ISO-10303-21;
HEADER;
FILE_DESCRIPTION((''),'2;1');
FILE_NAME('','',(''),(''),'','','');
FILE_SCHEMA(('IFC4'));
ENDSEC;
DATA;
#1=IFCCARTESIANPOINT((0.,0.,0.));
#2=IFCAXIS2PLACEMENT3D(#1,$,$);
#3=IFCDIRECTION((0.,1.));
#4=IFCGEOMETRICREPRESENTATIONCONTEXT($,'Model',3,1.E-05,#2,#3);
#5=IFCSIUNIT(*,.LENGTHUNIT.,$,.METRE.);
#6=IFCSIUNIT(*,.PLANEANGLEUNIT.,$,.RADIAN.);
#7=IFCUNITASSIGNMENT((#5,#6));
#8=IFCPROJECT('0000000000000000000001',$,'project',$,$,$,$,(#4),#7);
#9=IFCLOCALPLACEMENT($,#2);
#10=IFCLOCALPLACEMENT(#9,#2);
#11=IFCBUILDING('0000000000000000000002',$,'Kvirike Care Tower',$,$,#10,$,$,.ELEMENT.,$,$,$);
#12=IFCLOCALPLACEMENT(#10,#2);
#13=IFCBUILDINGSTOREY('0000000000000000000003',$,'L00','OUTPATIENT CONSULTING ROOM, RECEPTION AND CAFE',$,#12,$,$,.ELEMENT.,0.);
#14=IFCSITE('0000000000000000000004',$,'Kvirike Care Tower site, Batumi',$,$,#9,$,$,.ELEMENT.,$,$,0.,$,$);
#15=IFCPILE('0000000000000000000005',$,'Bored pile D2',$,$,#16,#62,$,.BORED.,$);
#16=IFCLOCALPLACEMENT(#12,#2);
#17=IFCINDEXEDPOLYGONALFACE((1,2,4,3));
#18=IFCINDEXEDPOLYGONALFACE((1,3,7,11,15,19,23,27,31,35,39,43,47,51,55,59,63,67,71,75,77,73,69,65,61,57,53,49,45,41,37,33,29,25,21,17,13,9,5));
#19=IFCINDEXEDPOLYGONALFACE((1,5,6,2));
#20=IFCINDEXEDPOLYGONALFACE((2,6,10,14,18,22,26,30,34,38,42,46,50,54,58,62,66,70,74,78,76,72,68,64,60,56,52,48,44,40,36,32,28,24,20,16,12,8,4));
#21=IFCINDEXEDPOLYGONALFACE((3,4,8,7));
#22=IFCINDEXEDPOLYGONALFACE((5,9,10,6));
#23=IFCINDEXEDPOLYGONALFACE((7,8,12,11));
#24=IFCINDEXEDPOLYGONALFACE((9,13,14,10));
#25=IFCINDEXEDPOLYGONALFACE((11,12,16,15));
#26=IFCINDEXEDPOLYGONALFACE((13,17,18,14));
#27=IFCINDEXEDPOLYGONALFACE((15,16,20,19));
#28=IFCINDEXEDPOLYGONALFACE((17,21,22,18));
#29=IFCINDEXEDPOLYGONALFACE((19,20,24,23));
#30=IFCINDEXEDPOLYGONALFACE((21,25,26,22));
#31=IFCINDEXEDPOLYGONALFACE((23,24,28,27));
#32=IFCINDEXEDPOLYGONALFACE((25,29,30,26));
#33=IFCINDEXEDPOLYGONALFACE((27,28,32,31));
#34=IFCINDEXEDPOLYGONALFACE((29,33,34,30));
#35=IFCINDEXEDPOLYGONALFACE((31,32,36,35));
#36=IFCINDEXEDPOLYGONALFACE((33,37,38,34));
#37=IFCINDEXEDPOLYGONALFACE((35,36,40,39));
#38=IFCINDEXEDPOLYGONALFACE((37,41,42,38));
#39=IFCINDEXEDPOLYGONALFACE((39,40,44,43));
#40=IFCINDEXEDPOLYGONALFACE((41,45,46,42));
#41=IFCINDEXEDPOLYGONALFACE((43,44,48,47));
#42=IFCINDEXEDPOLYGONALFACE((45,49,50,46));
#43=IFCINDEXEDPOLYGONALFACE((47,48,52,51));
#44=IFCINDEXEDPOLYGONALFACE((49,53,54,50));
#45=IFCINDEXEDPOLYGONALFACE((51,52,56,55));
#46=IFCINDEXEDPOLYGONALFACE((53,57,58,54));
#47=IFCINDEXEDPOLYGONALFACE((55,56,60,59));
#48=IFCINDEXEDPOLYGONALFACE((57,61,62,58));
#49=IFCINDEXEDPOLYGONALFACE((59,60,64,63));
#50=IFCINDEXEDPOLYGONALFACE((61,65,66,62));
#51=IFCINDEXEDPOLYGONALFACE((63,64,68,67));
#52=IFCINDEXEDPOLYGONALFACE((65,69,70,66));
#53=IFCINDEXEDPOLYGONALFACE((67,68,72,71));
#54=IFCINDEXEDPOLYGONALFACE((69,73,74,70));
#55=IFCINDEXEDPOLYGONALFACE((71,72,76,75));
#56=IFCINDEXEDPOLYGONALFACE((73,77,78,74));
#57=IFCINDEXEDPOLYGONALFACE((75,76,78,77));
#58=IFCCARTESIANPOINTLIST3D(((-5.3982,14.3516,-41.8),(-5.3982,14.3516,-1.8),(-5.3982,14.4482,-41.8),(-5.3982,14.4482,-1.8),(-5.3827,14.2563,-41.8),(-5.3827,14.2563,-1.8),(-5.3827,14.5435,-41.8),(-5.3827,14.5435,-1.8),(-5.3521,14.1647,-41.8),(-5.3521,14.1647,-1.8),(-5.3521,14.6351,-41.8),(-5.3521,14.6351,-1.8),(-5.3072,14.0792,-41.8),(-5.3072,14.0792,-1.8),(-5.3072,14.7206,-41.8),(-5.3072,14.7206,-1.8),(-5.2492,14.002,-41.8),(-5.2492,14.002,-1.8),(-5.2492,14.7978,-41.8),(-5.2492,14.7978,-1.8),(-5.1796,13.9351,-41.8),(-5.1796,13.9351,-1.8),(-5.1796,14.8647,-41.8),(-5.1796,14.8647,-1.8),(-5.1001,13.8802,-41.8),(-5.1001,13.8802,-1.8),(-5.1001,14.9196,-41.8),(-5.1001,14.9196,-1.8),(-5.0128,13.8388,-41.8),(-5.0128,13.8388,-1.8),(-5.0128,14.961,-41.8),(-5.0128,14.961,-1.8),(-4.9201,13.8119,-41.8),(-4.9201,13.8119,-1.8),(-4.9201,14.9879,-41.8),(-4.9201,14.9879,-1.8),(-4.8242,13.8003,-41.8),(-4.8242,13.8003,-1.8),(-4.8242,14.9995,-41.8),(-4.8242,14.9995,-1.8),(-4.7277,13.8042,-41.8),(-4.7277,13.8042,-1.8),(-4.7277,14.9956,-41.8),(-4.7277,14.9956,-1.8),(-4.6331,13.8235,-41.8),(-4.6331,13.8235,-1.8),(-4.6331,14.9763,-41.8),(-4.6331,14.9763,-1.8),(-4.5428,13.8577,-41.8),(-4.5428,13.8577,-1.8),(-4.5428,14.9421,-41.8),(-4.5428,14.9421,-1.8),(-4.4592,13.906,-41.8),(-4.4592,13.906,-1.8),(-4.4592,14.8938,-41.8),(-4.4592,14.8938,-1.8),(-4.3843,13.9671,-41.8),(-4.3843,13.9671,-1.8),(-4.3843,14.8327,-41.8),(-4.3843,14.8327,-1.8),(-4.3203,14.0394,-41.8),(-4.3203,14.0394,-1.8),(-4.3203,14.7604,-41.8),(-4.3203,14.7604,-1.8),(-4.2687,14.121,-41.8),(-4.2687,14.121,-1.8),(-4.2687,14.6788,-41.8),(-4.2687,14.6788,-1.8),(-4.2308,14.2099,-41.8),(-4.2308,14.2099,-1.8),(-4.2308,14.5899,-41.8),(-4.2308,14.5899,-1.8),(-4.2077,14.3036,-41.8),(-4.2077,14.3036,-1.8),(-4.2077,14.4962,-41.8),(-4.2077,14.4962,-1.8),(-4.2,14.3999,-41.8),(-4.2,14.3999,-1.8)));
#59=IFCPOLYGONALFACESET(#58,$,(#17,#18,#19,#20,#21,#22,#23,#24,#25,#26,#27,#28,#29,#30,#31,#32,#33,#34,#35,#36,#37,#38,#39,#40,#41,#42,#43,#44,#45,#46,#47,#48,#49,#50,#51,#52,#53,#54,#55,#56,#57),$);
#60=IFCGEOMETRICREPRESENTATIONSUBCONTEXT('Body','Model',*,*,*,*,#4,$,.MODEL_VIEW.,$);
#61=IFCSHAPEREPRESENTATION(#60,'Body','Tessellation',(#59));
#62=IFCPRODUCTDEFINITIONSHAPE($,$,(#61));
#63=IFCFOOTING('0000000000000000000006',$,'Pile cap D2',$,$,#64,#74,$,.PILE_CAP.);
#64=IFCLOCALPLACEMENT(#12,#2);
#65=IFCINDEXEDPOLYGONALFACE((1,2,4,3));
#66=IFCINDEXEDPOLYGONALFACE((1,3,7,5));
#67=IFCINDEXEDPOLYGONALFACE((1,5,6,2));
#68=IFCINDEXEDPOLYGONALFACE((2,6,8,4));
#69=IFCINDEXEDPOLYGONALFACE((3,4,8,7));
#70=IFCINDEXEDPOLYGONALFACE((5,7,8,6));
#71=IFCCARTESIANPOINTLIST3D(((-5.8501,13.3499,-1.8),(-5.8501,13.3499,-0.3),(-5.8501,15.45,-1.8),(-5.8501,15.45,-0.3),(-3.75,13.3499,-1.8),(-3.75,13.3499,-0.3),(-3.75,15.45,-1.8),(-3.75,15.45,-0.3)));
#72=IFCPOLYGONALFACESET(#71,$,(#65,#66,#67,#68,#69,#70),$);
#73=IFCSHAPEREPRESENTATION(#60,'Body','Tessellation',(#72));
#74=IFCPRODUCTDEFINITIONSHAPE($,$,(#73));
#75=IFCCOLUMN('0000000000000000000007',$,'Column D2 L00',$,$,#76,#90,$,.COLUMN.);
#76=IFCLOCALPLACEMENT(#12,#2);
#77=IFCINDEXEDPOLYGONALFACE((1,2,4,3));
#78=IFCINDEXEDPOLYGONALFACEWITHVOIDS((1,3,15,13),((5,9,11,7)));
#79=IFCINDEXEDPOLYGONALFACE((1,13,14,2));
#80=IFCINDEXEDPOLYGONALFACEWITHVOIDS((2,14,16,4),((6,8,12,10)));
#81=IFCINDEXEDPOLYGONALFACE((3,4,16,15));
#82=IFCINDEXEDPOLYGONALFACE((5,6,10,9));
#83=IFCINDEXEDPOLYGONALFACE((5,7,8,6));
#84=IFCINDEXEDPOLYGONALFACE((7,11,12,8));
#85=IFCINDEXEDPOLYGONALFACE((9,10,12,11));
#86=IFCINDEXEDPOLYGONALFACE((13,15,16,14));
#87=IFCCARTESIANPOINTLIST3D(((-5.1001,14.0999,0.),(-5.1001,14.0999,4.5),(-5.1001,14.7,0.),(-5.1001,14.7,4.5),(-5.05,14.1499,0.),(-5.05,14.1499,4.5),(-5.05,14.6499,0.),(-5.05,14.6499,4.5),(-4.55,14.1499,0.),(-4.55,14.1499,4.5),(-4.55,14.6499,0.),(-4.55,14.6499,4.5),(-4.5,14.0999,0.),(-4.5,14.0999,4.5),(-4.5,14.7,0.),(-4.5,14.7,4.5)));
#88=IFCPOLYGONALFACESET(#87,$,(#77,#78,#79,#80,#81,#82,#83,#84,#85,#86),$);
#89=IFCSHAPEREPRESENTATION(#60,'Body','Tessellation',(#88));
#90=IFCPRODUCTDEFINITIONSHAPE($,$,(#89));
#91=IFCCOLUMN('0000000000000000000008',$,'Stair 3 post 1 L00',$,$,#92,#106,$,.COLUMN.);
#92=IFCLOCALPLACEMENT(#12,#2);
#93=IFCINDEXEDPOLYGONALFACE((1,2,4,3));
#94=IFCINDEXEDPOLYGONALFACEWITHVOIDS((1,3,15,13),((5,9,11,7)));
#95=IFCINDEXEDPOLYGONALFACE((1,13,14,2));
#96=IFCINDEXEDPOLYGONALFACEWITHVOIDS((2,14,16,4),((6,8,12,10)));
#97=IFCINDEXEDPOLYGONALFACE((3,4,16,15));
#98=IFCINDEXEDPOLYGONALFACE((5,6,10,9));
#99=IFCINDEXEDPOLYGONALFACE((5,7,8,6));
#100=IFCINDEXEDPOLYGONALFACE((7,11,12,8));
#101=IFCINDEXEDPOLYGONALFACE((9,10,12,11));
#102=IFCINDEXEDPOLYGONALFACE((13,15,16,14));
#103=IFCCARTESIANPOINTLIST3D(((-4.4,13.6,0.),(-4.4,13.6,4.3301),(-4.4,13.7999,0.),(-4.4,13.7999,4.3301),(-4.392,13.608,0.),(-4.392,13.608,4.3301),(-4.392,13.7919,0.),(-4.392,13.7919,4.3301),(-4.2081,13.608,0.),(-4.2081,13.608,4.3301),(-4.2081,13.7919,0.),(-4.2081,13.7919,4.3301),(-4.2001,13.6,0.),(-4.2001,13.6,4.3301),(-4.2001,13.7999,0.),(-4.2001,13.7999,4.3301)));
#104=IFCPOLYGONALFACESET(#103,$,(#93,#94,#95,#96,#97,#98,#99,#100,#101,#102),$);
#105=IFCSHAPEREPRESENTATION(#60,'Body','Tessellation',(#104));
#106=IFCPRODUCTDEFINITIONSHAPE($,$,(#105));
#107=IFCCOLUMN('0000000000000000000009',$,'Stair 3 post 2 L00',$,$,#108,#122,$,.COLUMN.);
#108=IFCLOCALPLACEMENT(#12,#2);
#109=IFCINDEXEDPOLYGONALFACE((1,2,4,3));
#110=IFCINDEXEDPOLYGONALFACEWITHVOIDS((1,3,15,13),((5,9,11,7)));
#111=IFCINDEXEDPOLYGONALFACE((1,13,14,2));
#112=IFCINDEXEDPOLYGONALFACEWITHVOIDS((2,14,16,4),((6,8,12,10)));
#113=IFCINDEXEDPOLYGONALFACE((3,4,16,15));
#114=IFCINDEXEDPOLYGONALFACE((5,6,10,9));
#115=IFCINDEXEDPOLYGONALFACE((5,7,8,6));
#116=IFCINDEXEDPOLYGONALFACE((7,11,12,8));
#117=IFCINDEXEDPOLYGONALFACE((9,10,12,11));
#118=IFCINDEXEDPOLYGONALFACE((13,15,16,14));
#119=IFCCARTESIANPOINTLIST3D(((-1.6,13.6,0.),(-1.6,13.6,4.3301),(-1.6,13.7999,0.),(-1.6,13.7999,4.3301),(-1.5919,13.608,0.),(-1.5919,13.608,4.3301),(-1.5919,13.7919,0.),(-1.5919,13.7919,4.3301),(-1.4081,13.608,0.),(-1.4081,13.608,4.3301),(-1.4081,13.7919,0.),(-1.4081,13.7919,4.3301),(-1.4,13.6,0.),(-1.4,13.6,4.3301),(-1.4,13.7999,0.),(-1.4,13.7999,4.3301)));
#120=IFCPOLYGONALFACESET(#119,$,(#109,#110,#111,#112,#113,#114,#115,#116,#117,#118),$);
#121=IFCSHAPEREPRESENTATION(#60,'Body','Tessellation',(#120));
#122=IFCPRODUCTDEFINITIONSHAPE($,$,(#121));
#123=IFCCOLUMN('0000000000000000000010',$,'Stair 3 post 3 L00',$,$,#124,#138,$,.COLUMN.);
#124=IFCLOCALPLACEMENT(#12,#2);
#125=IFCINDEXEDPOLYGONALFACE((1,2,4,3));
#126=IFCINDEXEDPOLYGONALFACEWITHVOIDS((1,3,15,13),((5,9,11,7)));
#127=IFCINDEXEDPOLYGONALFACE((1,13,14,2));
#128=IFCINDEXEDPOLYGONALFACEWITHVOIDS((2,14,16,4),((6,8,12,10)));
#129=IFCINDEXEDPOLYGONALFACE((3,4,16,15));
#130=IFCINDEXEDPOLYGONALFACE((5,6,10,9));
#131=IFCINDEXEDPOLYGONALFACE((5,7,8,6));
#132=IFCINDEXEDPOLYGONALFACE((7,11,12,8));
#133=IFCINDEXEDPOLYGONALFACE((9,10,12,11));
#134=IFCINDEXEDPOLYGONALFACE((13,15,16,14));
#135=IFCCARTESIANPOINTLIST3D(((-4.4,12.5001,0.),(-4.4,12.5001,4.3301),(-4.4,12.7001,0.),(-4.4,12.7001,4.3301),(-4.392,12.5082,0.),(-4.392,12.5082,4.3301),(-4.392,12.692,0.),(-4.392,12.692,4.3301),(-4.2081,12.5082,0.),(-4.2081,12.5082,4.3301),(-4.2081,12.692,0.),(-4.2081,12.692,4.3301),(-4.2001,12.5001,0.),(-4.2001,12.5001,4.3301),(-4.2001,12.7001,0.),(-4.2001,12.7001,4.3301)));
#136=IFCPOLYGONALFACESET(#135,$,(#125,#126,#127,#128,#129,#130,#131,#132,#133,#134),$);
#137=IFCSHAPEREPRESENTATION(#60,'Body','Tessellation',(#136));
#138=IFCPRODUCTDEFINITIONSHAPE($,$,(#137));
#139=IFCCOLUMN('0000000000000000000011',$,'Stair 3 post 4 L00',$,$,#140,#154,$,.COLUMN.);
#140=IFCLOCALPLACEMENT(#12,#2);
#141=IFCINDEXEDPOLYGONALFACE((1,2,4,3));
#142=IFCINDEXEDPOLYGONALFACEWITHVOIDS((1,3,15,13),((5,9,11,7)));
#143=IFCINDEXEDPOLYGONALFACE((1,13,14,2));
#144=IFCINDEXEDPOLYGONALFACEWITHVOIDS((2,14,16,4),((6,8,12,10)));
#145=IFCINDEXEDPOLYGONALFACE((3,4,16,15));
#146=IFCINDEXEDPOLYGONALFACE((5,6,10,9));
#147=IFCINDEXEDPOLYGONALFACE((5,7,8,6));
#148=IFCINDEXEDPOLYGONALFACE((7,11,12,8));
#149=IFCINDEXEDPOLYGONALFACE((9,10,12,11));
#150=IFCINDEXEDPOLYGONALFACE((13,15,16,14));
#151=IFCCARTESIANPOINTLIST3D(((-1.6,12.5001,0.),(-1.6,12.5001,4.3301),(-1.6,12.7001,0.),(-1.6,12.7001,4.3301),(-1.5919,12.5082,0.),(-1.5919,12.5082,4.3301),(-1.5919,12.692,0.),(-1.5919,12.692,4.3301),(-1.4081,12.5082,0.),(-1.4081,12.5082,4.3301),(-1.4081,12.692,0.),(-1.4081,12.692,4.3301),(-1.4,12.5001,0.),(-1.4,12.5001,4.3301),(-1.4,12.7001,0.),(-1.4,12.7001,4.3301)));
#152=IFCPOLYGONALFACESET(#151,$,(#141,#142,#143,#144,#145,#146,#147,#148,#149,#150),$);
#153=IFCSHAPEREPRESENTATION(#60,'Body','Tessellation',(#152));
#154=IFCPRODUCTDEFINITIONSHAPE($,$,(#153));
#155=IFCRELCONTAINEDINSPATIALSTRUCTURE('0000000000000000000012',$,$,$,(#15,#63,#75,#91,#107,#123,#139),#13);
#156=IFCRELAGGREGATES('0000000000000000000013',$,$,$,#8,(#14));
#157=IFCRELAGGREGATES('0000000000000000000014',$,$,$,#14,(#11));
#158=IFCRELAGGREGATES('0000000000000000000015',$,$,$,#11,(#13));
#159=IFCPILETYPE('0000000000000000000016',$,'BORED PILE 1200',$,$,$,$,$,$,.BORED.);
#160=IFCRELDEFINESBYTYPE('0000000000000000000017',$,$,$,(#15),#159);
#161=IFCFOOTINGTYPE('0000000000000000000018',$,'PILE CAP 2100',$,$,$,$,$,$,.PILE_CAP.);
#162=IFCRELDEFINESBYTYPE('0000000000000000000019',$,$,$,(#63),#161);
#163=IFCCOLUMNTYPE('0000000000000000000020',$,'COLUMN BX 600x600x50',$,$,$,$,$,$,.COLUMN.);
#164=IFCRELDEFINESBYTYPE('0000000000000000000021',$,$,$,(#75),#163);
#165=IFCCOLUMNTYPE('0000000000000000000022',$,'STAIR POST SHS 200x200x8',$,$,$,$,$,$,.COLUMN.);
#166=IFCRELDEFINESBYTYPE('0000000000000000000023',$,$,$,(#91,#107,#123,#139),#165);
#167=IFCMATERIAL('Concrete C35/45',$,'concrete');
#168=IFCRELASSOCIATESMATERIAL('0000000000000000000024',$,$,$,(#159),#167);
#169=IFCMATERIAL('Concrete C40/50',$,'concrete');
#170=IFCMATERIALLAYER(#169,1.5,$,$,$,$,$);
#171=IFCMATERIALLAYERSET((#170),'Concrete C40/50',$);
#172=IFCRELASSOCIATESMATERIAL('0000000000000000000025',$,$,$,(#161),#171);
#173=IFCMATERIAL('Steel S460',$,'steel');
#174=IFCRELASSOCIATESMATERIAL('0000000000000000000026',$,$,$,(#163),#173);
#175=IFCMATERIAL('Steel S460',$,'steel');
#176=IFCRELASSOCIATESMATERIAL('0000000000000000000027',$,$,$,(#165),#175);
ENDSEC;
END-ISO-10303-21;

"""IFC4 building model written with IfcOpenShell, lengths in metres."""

from ifc_helpers import new_model, si_unit, direction, frame, origin, origin_2d, place, context, subcontext, project, spatial, rectangle, hollow_rectangle, circle, extrude, material, layer, layer_set, material_profile, profile_set, type_object, element, save


model = new_model("IFC4")

# Units and contexts
model_context = context("Model", 3, precision=1e-05, world=origin(), true_north=direction((0.0, 1.0)))
body_context = subcontext(model_context, "Body", "Model", "MODEL_VIEW")
ifc_project = project(units=[si_unit("LENGTHUNIT", "METRE"), si_unit("PLANEANGLEUNIT", "RADIAN")], contexts=[model_context])

# Site, building, storey
site_placement = place(None, origin())
site = spatial("IfcSite", under=ifc_project, at=site_placement, Name="Kvirike Care Tower site, Batumi", CompositionType="ELEMENT", RefElevation=0.0)
building_placement = place(site_placement, origin())
building = spatial("IfcBuilding", under=site, at=building_placement, Name="Kvirike Care Tower", CompositionType="ELEMENT")
storey_placement = place(building_placement, origin())
storey = spatial("IfcBuildingStorey", under=building, at=storey_placement, Name="L00", Description="OUTPATIENT CONSULTING ROOM, RECEPTION AND CAFE", CompositionType="ELEMENT", Elevation=0.0)

# Pile
ifc_material_1 = material(Name="Concrete C35/45", Category="concrete")
ifc_material_profile_1 = material_profile(ifc_material_1, circle(Radius=0.6001, at=origin_2d()), Name="BORED PILE 1200")
ifc_profile_set_1 = profile_set([ifc_material_profile_1], Name="Concrete C35/45")
pile_type = type_object("IfcPileType", Name="BORED PILE 1200", PredefinedType="BORED", material=ifc_profile_set_1)
pile_placement = place(storey_placement, frame((-4.8, 14.3999, -1.8), z_axis=(0.0, 0.0, -1.0), x_axis=(1.0, 0.0, 0.0)))
element("IfcPile", 1, at=pile_placement, inside=storey, type_object=pile_type, Name="Bored pile D2", PredefinedType="BORED", context=body_context, shape_type="SweptSolid", body=[
    extrude(circle(Radius=0.6001, at=origin_2d()), origin(), (0.0, 0.0, 1.0), 40.0),
])

# Footing
ifc_material_2 = material(Name="Concrete C40/50", Category="concrete")
ifc_layer_1 = layer(ifc_material_2, 1.5)
ifc_layer_set_1 = layer_set([ifc_layer_1], Name="Concrete C40/50")
footing_type = type_object("IfcFootingType", Name="PILE CAP 2100", PredefinedType="PILE_CAP", material=ifc_layer_set_1)
footing_placement = place(storey_placement, frame((-4.8, 14.3999, -1.8), z_axis=(0.0, 0.0, 1.0), x_axis=(1.0, 0.0, 0.0)))
element("IfcFooting", 2, at=footing_placement, inside=storey, type_object=footing_type, Name="Pile cap D2", PredefinedType="PILE_CAP", context=body_context, shape_type="SweptSolid", body=[
    extrude(rectangle(XDim=2.1001, YDim=2.1001, at=origin_2d()), origin(), (0.0, 0.0, 1.0), 1.5),
])

# Columns
ifc_material_3 = material(Name="Steel S460", Category="steel")
ifc_material_profile_2 = material_profile(ifc_material_3, hollow_rectangle(XDim=0.6001, YDim=0.6001, WallThickness=0.05, at=origin_2d()), Name="BX 600x600x50")
ifc_profile_set_2 = profile_set([ifc_material_profile_2], Name="Steel S460")
column_type_1 = type_object("IfcColumnType", Name="COLUMN BX 600x600x50", PredefinedType="COLUMN", material=ifc_profile_set_2)
column_placement = place(storey_placement, frame((-4.8, 14.3999, 0.0), z_axis=(0.0, 0.0, 1.0), x_axis=(0.0, 1.0, 0.0)))
element("IfcColumn", 3, at=column_placement, inside=storey, type_object=column_type_1, Name="Column D2 L00", PredefinedType="COLUMN", context=body_context, shape_type="SweptSolid", body=[
    extrude(hollow_rectangle(XDim=0.6001, YDim=0.6001, WallThickness=0.05, at=origin_2d()), origin(), (0.0, 0.0, 1.0), 4.5),
])
ifc_material_4 = material(Name="Steel S460", Category="steel")
ifc_material_profile_3 = material_profile(ifc_material_4, hollow_rectangle(XDim=0.2, YDim=0.2, WallThickness=0.0081, at=origin_2d()), Name="SHS 200x200x8")
ifc_profile_set_3 = profile_set([ifc_material_profile_3], Name="Steel S460")
column_type_2 = type_object("IfcColumnType", Name="STAIR POST SHS 200x200x8", PredefinedType="COLUMN", material=ifc_profile_set_3)
for number, where, z_axis, x_axis, name in (
    (4, (-4.3, 13.7, 0.0), (0.0, 0.0, 1.0), (1.0, 0.0, 0.0), "Stair 3 post 1 L00"),
    (5, (-1.5, 13.7, 0.0), (0.0, 0.0, 1.0), (1.0, 0.0, 0.0), "Stair 3 post 2 L00"),
    (6, (-4.3, 12.6001, 0.0), (0.0, 0.0, 1.0), (1.0, 0.0, 0.0), "Stair 3 post 3 L00"),
    (7, (-1.5, 12.6001, 0.0), (0.0, 0.0, 1.0), (1.0, 0.0, 0.0), "Stair 3 post 4 L00"),
):
    element("IfcColumn", number, at=place(storey_placement, frame(where, z_axis=z_axis, x_axis=x_axis)), inside=storey, type_object=column_type_2, Name=name, PredefinedType="COLUMN", context=body_context, shape_type="SweptSolid", body=[
        extrude(hollow_rectangle(XDim=0.2, YDim=0.2, WallThickness=0.0081, at=origin_2d()), origin(), (0.0, 0.0, 1.0), 4.3301),
    ])

save(model, "model.ifc")
